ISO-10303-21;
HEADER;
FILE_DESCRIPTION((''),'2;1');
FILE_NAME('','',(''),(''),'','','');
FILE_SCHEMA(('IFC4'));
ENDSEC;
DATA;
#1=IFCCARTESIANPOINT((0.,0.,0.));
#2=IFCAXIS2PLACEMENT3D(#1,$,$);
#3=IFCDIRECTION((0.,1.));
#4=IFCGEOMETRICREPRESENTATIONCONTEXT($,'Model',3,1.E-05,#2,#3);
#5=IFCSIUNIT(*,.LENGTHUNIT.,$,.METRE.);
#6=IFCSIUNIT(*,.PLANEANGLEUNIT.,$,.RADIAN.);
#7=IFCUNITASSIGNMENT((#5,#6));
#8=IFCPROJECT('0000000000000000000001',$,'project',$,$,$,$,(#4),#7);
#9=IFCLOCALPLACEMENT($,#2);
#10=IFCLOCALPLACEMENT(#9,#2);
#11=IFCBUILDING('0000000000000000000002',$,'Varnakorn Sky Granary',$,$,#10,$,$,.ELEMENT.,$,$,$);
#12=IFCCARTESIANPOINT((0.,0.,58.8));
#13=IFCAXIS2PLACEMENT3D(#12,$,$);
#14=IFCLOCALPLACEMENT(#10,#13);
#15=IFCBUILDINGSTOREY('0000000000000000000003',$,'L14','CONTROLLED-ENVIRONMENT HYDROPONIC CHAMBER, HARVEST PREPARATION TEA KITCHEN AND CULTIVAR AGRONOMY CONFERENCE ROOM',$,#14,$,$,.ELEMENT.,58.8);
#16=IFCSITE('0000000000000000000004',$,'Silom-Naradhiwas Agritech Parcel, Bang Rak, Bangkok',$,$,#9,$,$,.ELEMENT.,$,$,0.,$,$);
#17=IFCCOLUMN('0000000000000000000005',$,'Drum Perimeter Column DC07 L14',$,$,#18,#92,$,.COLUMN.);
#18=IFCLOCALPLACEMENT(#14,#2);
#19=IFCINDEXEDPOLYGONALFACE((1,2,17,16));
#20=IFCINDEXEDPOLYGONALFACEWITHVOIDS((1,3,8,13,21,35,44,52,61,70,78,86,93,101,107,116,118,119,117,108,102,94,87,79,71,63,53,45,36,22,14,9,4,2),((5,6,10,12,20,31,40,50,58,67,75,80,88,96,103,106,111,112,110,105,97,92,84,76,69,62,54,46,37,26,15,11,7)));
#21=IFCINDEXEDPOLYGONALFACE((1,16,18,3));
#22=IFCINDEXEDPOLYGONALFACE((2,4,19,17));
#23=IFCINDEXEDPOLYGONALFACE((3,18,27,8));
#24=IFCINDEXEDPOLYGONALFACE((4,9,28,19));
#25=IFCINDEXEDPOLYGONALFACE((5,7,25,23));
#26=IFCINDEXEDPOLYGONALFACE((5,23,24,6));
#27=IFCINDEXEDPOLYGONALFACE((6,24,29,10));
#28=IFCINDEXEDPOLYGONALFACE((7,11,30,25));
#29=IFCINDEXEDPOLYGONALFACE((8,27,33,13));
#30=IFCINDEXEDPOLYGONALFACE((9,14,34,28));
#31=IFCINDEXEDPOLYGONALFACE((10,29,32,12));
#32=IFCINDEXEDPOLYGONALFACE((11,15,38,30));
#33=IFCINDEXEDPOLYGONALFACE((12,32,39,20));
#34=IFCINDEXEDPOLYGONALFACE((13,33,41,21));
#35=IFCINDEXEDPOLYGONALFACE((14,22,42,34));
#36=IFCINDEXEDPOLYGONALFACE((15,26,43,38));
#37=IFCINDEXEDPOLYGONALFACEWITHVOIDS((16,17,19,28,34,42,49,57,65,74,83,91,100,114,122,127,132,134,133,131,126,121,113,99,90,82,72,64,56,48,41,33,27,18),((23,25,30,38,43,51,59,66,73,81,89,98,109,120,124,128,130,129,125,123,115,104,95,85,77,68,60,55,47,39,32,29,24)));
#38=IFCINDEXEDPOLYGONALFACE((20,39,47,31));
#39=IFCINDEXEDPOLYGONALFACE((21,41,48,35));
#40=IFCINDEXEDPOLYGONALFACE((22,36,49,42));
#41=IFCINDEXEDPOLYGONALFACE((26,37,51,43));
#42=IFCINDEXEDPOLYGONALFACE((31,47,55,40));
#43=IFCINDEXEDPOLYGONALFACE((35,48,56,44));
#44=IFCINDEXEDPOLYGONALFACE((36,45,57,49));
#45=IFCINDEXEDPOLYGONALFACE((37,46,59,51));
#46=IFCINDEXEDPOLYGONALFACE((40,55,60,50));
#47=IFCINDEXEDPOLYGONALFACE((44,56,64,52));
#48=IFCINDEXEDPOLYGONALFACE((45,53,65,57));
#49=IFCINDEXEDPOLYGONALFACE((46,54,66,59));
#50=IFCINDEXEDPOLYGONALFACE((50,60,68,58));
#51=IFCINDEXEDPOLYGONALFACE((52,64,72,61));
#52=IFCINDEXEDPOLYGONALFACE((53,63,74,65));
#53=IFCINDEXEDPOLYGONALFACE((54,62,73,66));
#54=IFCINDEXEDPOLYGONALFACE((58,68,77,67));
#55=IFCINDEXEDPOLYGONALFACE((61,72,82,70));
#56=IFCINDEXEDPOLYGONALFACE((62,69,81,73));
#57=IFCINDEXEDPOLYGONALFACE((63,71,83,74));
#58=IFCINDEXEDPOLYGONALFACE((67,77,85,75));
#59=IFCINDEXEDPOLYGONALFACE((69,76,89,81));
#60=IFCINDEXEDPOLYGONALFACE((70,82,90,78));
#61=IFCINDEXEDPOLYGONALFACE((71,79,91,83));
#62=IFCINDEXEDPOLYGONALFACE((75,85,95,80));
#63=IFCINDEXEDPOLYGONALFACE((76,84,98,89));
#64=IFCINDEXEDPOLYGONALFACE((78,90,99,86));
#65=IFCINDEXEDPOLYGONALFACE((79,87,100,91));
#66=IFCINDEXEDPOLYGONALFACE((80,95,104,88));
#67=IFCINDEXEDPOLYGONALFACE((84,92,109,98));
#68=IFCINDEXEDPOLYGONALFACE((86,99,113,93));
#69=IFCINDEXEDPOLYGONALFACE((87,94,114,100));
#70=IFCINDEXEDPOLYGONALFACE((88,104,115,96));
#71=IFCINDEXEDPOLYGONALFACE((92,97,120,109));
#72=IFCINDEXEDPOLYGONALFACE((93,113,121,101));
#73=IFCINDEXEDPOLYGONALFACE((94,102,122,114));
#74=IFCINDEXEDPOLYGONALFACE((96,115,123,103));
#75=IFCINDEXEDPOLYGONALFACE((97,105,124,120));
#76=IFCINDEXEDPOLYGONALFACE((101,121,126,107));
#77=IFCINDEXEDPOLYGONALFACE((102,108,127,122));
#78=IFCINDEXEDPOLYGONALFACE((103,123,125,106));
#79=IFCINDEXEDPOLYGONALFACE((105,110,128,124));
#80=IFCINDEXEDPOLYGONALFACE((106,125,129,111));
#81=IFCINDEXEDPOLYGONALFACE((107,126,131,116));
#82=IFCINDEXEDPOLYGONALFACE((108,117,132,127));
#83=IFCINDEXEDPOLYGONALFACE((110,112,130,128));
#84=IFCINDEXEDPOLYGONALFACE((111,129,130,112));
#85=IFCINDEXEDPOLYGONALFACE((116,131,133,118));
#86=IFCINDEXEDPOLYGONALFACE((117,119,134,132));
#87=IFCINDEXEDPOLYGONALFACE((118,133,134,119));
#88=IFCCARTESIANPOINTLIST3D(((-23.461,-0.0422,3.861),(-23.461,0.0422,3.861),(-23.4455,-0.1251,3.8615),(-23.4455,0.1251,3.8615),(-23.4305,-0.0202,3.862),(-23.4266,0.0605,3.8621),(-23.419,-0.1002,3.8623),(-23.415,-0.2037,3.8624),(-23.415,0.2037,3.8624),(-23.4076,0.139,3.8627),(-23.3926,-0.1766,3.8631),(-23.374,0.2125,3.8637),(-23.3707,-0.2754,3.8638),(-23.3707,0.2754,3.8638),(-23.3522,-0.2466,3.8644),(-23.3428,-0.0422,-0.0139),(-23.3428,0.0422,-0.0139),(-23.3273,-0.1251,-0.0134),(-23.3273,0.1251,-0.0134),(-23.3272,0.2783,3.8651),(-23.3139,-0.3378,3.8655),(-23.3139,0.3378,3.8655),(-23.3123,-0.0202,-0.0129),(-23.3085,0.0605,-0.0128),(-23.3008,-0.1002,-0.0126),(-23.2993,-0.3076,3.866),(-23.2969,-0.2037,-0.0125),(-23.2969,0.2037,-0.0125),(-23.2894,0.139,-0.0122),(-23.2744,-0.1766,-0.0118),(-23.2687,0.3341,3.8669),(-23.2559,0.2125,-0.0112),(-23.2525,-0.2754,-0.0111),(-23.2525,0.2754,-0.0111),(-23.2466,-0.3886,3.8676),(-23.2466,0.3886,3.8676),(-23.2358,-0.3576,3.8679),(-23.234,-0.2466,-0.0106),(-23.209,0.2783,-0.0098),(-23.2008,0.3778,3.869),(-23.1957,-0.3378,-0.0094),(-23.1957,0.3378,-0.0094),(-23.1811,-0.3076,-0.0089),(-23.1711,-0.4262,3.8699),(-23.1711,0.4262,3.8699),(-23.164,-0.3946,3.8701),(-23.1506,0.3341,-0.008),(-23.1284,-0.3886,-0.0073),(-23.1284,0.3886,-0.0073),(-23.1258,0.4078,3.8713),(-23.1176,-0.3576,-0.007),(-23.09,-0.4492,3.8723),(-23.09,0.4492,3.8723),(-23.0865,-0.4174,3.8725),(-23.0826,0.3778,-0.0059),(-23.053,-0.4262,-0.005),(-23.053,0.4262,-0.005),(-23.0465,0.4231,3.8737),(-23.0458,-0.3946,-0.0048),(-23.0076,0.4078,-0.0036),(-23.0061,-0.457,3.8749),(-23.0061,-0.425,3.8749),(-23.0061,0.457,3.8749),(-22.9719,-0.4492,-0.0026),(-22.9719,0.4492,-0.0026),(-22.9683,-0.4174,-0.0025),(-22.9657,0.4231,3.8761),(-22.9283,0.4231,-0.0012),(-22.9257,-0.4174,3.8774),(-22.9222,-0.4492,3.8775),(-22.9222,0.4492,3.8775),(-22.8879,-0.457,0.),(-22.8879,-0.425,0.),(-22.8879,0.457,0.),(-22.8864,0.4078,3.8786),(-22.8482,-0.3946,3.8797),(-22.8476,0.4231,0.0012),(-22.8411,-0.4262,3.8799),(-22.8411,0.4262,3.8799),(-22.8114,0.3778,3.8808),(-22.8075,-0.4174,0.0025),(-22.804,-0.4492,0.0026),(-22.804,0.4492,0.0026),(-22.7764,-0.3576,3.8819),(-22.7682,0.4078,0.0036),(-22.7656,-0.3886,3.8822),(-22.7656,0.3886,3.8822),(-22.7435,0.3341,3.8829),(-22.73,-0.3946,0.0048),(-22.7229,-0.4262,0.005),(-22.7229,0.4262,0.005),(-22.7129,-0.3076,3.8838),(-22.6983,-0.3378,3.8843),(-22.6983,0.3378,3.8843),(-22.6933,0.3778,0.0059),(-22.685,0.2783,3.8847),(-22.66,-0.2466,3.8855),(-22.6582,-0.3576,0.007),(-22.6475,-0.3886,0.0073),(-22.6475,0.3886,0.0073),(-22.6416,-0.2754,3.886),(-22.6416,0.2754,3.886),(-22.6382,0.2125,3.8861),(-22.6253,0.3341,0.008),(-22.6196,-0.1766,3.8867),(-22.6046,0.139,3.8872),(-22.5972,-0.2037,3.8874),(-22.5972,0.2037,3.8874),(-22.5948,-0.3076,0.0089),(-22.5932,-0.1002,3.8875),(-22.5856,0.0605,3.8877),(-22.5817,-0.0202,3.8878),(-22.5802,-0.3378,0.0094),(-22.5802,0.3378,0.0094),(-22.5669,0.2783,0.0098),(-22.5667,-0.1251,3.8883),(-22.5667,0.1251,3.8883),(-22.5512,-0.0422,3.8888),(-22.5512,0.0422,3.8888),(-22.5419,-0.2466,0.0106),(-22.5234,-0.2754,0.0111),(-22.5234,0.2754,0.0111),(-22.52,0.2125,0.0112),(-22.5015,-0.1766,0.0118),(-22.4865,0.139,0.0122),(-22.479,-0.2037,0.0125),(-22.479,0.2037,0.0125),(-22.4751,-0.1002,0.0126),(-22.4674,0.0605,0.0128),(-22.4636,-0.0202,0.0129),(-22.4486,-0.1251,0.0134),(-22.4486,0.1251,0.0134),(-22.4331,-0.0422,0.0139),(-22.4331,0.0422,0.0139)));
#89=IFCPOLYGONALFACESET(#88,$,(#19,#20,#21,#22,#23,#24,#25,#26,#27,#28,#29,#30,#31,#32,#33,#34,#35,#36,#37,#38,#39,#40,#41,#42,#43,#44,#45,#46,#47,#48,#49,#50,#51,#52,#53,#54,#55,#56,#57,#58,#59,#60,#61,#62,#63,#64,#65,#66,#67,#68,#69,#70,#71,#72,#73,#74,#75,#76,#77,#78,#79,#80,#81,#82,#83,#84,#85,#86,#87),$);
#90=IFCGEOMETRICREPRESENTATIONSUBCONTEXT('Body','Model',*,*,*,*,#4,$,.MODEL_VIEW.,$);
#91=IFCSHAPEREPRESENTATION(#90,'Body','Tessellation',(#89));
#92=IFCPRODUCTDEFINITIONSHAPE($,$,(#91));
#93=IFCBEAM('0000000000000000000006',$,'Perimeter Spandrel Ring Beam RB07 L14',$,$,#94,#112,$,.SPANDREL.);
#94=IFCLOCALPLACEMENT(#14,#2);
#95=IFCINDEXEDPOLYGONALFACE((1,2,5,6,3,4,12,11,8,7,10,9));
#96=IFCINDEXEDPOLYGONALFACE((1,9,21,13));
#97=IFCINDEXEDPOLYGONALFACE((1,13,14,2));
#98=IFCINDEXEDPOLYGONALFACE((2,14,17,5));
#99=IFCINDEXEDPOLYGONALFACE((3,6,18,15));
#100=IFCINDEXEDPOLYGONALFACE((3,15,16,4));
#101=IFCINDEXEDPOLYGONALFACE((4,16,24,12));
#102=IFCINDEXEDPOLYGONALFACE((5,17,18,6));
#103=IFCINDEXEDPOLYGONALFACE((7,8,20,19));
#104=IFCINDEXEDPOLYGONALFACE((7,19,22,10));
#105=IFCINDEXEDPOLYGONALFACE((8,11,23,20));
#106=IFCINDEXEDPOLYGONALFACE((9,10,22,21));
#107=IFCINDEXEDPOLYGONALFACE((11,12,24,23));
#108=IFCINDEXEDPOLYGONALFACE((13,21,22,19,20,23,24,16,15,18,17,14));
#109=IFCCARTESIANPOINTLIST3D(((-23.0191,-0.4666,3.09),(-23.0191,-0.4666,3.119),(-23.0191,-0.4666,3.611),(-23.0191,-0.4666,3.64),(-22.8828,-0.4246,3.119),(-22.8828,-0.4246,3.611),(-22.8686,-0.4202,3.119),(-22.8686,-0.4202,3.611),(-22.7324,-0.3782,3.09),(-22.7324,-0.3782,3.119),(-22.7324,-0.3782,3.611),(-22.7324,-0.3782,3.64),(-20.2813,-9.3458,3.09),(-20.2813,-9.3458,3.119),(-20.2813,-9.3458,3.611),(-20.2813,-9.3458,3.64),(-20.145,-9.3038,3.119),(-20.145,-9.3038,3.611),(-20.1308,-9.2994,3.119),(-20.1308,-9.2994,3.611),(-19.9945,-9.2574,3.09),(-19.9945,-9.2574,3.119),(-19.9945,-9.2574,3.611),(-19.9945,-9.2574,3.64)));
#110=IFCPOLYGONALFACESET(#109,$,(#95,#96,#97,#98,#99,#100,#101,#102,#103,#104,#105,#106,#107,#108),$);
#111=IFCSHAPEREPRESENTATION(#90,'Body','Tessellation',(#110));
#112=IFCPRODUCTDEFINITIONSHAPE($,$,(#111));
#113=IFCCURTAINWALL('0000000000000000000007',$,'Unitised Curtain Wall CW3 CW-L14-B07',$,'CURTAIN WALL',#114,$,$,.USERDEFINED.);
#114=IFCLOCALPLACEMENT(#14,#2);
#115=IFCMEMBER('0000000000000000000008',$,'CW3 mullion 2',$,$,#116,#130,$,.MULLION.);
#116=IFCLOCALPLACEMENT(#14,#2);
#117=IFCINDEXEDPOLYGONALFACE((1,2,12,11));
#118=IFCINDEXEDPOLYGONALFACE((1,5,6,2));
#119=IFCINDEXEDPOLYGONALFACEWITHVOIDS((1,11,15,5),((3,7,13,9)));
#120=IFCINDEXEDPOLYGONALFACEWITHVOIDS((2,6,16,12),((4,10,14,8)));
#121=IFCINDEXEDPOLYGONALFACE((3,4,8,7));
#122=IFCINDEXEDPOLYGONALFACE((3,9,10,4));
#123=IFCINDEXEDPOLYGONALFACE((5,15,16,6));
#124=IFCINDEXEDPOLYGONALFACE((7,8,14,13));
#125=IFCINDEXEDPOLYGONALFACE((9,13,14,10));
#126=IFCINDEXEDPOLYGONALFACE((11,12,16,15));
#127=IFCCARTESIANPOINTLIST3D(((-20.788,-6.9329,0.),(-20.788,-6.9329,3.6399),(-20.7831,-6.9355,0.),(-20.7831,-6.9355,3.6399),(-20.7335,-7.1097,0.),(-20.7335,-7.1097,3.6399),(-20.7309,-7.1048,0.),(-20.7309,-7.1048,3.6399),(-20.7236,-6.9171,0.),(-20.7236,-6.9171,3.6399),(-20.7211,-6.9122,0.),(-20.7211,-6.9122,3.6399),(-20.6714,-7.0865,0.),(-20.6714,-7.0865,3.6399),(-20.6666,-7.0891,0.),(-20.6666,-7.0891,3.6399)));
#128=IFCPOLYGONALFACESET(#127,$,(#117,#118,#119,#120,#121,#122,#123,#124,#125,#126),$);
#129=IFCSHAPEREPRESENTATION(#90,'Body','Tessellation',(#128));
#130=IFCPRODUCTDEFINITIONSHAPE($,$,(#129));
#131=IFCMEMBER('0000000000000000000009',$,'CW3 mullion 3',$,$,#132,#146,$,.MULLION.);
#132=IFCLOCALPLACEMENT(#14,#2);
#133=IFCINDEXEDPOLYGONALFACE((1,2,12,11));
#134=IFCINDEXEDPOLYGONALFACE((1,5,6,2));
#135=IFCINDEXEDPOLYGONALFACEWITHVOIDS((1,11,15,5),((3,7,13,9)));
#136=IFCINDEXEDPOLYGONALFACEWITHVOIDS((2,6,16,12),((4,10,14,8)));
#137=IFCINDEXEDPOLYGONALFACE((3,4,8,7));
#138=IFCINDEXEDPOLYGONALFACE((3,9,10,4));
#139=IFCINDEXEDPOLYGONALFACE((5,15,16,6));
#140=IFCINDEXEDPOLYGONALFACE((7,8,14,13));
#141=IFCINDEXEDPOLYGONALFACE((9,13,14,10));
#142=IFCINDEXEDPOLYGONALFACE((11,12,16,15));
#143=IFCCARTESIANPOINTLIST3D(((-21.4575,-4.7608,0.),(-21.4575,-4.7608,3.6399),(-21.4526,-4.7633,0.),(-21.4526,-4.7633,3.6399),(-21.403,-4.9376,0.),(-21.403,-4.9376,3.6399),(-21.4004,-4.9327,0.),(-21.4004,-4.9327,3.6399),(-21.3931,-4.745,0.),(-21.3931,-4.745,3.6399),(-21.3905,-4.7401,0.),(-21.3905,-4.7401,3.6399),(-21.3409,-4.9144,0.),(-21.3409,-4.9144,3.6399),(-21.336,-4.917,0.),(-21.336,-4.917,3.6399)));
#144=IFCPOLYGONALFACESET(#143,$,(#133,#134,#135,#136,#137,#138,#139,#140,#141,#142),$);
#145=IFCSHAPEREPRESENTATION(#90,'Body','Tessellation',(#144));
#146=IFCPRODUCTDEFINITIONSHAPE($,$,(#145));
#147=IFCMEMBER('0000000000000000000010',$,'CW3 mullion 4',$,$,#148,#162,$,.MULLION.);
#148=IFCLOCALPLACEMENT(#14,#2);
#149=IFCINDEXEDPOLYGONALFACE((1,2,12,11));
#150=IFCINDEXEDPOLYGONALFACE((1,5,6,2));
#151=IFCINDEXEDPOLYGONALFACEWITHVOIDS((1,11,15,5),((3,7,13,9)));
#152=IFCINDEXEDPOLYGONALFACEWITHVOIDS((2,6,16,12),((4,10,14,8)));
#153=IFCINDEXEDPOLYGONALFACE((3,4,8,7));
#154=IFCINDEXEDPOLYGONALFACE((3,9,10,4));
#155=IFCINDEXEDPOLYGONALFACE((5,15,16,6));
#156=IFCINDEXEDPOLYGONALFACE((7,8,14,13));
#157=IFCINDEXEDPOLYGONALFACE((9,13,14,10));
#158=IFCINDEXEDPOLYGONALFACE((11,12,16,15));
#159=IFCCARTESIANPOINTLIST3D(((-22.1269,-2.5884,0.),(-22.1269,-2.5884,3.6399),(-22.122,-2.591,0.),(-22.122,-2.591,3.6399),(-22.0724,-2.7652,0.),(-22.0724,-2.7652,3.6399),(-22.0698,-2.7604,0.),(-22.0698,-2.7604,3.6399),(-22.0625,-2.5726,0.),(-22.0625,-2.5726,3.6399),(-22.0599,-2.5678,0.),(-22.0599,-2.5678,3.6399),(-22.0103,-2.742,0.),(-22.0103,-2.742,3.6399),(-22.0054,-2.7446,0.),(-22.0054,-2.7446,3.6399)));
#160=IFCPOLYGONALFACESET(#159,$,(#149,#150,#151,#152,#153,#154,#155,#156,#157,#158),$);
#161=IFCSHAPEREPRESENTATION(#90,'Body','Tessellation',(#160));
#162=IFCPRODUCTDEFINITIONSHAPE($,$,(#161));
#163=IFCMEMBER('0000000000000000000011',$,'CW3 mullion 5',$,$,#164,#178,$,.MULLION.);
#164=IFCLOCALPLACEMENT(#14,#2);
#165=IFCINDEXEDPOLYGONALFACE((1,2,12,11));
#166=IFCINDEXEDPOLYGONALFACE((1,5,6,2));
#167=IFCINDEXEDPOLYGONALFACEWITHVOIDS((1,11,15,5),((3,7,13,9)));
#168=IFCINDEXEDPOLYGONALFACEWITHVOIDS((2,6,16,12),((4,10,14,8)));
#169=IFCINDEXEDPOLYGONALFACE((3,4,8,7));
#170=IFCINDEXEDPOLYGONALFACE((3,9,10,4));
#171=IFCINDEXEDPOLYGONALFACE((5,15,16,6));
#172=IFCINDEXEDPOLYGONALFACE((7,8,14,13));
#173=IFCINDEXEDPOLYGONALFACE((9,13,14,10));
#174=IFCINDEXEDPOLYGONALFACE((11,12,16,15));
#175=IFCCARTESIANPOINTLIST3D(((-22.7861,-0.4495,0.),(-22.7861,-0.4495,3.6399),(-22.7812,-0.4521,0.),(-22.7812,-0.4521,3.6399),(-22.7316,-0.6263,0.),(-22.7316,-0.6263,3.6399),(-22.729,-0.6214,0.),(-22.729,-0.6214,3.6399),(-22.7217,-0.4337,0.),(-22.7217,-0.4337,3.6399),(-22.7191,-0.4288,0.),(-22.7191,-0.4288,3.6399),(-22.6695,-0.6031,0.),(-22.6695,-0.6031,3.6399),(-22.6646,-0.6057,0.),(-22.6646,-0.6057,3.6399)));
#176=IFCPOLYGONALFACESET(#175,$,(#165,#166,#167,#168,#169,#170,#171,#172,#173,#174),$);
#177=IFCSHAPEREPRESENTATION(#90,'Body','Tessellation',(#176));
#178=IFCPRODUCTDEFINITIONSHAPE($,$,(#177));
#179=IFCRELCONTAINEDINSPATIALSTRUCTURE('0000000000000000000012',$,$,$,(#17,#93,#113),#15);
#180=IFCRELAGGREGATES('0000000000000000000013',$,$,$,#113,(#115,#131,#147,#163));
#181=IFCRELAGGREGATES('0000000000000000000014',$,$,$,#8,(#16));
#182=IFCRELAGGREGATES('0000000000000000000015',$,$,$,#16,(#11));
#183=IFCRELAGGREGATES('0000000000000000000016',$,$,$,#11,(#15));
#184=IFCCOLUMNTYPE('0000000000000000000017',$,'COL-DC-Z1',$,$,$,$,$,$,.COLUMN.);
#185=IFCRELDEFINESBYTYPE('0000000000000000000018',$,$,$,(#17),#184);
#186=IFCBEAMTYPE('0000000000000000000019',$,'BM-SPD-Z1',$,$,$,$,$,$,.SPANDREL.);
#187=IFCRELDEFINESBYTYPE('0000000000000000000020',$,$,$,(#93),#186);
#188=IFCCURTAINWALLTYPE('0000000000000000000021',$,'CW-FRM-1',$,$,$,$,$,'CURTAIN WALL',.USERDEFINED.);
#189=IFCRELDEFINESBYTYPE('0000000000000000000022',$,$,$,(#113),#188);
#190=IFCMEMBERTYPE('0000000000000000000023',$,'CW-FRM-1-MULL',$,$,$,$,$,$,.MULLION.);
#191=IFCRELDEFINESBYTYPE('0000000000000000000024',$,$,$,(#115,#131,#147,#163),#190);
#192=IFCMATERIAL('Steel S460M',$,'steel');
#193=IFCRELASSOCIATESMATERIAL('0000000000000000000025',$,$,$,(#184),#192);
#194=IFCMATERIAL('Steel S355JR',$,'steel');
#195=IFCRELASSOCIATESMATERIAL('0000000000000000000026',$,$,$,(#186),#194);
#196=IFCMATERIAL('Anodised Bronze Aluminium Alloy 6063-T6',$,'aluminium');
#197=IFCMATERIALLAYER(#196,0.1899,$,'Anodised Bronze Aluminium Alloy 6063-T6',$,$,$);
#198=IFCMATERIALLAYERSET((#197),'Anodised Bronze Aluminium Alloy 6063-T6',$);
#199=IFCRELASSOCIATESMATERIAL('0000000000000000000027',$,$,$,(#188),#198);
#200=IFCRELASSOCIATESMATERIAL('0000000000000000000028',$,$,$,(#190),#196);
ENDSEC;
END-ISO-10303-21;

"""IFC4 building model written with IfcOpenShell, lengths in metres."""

from ifc_helpers import new_model, si_unit, direction, frame, origin, origin_2d, place, context, subcontext, project, spatial, hollow_rectangle, hollow_circle, i_section, extrude, material, layer, layer_set, material_profile, profile_set, type_object, element, aggregate, save


model = new_model("IFC4")

# Units and contexts
model_context = context("Model", 3, precision=1e-05, world=origin(), true_north=direction((0.0, 1.0)))
body_context = subcontext(model_context, "Body", "Model", "MODEL_VIEW")
ifc_project = project(units=[si_unit("LENGTHUNIT", "METRE"), si_unit("PLANEANGLEUNIT", "RADIAN")], contexts=[model_context])

# Site, building, storey
site_placement = place(None, origin())
site = spatial("IfcSite", under=ifc_project, at=site_placement, Name="Silom-Naradhiwas Agritech Parcel, Bang Rak, Bangkok", CompositionType="ELEMENT", RefElevation=0.0)
building_placement = place(site_placement, origin())
building = spatial("IfcBuilding", under=site, at=building_placement, Name="Varnakorn Sky Granary", CompositionType="ELEMENT")
storey_placement = place(building_placement, frame((0.0, 0.0, 58.8)))
storey = spatial("IfcBuildingStorey", under=building, at=storey_placement, Name="L14", Description="CONTROLLED-ENVIRONMENT HYDROPONIC CHAMBER, HARVEST PREPARATION TEA KITCHEN AND CULTIVAR AGRONOMY CONFERENCE ROOM", CompositionType="ELEMENT", Elevation=58.8)

# Column
ifc_material_1 = material(Name="Steel S460M", Category="steel")
ifc_material_profile_1 = material_profile(ifc_material_1, hollow_circle(Radius=0.457, WallThickness=0.032, at=origin_2d()), Name="CHS 914x32")
ifc_profile_set_1 = profile_set([ifc_material_profile_1], Name="Steel S460M")
column_type = type_object("IfcColumnType", Name="COL-DC-Z1", PredefinedType="COLUMN", material=ifc_profile_set_1)
column_placement = place(storey_placement, frame((-22.8879, 0.0, 0.0), z_axis=(-0.03048, 0.0, 0.999535), x_axis=(0.0, -1.0, 0.0)))
element("IfcColumn", 1, at=column_placement, inside=storey, type_object=column_type, Name="Drum Perimeter Column DC07 L14", PredefinedType="COLUMN", context=body_context, shape_type="SweptSolid", body=[
    extrude(hollow_circle(Radius=0.457, WallThickness=0.032, at=origin_2d()), origin(), (0.0, 0.0, 1.0), 3.8767),
])

# Beam
ifc_material_2 = material(Name="Steel S355JR", Category="steel")
ifc_material_profile_2 = material_profile(ifc_material_2, i_section(OverallWidth=0.3, OverallDepth=0.55, WebThickness=0.0149, FlangeThickness=0.0291, at=origin_2d()), Name="HE 550 B")
ifc_profile_set_2 = profile_set([ifc_material_profile_2], Name="Steel S355JR")
beam_type = type_object("IfcBeamType", Name="BM-SPD-Z1", PredefinedType="SPANDREL", material=ifc_profile_set_2)
beam_placement = place(storey_placement, frame((-22.8757, -0.4224, 3.365), z_axis=(0.294651, -0.955605, 0.0), x_axis=(0.955605, 0.294651, 0.0)))
element("IfcBeam", 2, at=beam_placement, inside=storey, type_object=beam_type, Name="Perimeter Spandrel Ring Beam RB07 L14", PredefinedType="SPANDREL", context=body_context, shape_type="SweptSolid", body=[
    extrude(i_section(OverallWidth=0.3, OverallDepth=0.55, WebThickness=0.0149, FlangeThickness=0.0291, at=origin_2d()), origin(), (0.0, 0.0, 1.0), 9.2917),
])

# Curtain wall, members
ifc_material_3 = material(Name="Anodised Bronze Aluminium Alloy 6063-T6", Category="aluminium")
ifc_layer_1 = layer(ifc_material_3, 0.1899, Name="Anodised Bronze Aluminium Alloy 6063-T6")
ifc_layer_set_1 = layer_set([ifc_layer_1], Name="Anodised Bronze Aluminium Alloy 6063-T6")
curtain_wall_type = type_object("IfcCurtainWallType", Name="CW-FRM-1", ElementType="CURTAIN WALL", PredefinedType="USERDEFINED", material=ifc_layer_set_1)
curtain_wall_placement = place(storey_placement, origin())
curtain_wall = element("IfcCurtainWall", 3, at=curtain_wall_placement, inside=storey, type_object=curtain_wall_type, Name="Unitised Curtain Wall CW3 CW-L14-B07", ObjectType="CURTAIN WALL", PredefinedType="USERDEFINED")
ifc_material_profile_3 = material_profile(ifc_material_3, hollow_rectangle(XDim=0.0701, YDim=0.1851, WallThickness=0.0039, at=origin_2d()), Name="ALU MULL 70x185")
ifc_profile_set_3 = profile_set([ifc_material_profile_3], Name="Anodised Bronze Aluminium Alloy 6063-T6")
member_type_1 = type_object("IfcMemberType", Name="CW-FRM-1-MULL", PredefinedType="MULLION", material=ifc_profile_set_3)
member_1_placement = place(storey_placement, frame((-20.7273, -7.011, 0.0), z_axis=(0.0, 0.0, 1.0), x_axis=(-0.95565, -0.294505, 0.0)))
member_1 = element("IfcMember", 4, at=member_1_placement, type_object=member_type_1, Name="CW3 mullion 2", PredefinedType="MULLION", context=body_context, shape_type="SweptSolid", body=[
    extrude(hollow_rectangle(XDim=0.0701, YDim=0.1851, WallThickness=0.0039, at=origin_2d()), origin(), (0.0, 0.0, 1.0), 3.6399),
])
member_2_placement = place(storey_placement, frame((-21.3967, -4.8389, 0.0), z_axis=(0.0, 0.0, 1.0), x_axis=(-0.95565, -0.294505, 0.0)))
member_2 = element("IfcMember", 5, at=member_2_placement, type_object=member_type_1, Name="CW3 mullion 3", PredefinedType="MULLION", context=body_context, shape_type="SweptSolid", body=[
    extrude(hollow_rectangle(XDim=0.0701, YDim=0.1851, WallThickness=0.0039, at=origin_2d()), origin(), (0.0, 0.0, 1.0), 3.6399),
])
member_3_placement = place(storey_placement, frame((-22.0662, -2.6665, 0.0), z_axis=(0.0, 0.0, 1.0), x_axis=(-0.95565, -0.294505, 0.0)))
member_3 = element("IfcMember", 6, at=member_3_placement, type_object=member_type_1, Name="CW3 mullion 4", PredefinedType="MULLION", context=body_context, shape_type="SweptSolid", body=[
    extrude(hollow_rectangle(XDim=0.0701, YDim=0.1851, WallThickness=0.0039, at=origin_2d()), origin(), (0.0, 0.0, 1.0), 3.6399),
])
member_4_placement = place(storey_placement, frame((-22.7253, -0.5276, 0.0), z_axis=(0.0, 0.0, 1.0), x_axis=(-0.95565, -0.294505, 0.0)))
member_4 = element("IfcMember", 7, at=member_4_placement, type_object=member_type_1, Name="CW3 mullion 5", PredefinedType="MULLION", context=body_context, shape_type="SweptSolid", body=[
    extrude(hollow_rectangle(XDim=0.0701, YDim=0.1851, WallThickness=0.0039, at=origin_2d()), origin(), (0.0, 0.0, 1.0), 3.6399),
])

aggregate(curtain_wall, [member_1, member_2, member_3, member_4])

save(model, "model.ifc")
